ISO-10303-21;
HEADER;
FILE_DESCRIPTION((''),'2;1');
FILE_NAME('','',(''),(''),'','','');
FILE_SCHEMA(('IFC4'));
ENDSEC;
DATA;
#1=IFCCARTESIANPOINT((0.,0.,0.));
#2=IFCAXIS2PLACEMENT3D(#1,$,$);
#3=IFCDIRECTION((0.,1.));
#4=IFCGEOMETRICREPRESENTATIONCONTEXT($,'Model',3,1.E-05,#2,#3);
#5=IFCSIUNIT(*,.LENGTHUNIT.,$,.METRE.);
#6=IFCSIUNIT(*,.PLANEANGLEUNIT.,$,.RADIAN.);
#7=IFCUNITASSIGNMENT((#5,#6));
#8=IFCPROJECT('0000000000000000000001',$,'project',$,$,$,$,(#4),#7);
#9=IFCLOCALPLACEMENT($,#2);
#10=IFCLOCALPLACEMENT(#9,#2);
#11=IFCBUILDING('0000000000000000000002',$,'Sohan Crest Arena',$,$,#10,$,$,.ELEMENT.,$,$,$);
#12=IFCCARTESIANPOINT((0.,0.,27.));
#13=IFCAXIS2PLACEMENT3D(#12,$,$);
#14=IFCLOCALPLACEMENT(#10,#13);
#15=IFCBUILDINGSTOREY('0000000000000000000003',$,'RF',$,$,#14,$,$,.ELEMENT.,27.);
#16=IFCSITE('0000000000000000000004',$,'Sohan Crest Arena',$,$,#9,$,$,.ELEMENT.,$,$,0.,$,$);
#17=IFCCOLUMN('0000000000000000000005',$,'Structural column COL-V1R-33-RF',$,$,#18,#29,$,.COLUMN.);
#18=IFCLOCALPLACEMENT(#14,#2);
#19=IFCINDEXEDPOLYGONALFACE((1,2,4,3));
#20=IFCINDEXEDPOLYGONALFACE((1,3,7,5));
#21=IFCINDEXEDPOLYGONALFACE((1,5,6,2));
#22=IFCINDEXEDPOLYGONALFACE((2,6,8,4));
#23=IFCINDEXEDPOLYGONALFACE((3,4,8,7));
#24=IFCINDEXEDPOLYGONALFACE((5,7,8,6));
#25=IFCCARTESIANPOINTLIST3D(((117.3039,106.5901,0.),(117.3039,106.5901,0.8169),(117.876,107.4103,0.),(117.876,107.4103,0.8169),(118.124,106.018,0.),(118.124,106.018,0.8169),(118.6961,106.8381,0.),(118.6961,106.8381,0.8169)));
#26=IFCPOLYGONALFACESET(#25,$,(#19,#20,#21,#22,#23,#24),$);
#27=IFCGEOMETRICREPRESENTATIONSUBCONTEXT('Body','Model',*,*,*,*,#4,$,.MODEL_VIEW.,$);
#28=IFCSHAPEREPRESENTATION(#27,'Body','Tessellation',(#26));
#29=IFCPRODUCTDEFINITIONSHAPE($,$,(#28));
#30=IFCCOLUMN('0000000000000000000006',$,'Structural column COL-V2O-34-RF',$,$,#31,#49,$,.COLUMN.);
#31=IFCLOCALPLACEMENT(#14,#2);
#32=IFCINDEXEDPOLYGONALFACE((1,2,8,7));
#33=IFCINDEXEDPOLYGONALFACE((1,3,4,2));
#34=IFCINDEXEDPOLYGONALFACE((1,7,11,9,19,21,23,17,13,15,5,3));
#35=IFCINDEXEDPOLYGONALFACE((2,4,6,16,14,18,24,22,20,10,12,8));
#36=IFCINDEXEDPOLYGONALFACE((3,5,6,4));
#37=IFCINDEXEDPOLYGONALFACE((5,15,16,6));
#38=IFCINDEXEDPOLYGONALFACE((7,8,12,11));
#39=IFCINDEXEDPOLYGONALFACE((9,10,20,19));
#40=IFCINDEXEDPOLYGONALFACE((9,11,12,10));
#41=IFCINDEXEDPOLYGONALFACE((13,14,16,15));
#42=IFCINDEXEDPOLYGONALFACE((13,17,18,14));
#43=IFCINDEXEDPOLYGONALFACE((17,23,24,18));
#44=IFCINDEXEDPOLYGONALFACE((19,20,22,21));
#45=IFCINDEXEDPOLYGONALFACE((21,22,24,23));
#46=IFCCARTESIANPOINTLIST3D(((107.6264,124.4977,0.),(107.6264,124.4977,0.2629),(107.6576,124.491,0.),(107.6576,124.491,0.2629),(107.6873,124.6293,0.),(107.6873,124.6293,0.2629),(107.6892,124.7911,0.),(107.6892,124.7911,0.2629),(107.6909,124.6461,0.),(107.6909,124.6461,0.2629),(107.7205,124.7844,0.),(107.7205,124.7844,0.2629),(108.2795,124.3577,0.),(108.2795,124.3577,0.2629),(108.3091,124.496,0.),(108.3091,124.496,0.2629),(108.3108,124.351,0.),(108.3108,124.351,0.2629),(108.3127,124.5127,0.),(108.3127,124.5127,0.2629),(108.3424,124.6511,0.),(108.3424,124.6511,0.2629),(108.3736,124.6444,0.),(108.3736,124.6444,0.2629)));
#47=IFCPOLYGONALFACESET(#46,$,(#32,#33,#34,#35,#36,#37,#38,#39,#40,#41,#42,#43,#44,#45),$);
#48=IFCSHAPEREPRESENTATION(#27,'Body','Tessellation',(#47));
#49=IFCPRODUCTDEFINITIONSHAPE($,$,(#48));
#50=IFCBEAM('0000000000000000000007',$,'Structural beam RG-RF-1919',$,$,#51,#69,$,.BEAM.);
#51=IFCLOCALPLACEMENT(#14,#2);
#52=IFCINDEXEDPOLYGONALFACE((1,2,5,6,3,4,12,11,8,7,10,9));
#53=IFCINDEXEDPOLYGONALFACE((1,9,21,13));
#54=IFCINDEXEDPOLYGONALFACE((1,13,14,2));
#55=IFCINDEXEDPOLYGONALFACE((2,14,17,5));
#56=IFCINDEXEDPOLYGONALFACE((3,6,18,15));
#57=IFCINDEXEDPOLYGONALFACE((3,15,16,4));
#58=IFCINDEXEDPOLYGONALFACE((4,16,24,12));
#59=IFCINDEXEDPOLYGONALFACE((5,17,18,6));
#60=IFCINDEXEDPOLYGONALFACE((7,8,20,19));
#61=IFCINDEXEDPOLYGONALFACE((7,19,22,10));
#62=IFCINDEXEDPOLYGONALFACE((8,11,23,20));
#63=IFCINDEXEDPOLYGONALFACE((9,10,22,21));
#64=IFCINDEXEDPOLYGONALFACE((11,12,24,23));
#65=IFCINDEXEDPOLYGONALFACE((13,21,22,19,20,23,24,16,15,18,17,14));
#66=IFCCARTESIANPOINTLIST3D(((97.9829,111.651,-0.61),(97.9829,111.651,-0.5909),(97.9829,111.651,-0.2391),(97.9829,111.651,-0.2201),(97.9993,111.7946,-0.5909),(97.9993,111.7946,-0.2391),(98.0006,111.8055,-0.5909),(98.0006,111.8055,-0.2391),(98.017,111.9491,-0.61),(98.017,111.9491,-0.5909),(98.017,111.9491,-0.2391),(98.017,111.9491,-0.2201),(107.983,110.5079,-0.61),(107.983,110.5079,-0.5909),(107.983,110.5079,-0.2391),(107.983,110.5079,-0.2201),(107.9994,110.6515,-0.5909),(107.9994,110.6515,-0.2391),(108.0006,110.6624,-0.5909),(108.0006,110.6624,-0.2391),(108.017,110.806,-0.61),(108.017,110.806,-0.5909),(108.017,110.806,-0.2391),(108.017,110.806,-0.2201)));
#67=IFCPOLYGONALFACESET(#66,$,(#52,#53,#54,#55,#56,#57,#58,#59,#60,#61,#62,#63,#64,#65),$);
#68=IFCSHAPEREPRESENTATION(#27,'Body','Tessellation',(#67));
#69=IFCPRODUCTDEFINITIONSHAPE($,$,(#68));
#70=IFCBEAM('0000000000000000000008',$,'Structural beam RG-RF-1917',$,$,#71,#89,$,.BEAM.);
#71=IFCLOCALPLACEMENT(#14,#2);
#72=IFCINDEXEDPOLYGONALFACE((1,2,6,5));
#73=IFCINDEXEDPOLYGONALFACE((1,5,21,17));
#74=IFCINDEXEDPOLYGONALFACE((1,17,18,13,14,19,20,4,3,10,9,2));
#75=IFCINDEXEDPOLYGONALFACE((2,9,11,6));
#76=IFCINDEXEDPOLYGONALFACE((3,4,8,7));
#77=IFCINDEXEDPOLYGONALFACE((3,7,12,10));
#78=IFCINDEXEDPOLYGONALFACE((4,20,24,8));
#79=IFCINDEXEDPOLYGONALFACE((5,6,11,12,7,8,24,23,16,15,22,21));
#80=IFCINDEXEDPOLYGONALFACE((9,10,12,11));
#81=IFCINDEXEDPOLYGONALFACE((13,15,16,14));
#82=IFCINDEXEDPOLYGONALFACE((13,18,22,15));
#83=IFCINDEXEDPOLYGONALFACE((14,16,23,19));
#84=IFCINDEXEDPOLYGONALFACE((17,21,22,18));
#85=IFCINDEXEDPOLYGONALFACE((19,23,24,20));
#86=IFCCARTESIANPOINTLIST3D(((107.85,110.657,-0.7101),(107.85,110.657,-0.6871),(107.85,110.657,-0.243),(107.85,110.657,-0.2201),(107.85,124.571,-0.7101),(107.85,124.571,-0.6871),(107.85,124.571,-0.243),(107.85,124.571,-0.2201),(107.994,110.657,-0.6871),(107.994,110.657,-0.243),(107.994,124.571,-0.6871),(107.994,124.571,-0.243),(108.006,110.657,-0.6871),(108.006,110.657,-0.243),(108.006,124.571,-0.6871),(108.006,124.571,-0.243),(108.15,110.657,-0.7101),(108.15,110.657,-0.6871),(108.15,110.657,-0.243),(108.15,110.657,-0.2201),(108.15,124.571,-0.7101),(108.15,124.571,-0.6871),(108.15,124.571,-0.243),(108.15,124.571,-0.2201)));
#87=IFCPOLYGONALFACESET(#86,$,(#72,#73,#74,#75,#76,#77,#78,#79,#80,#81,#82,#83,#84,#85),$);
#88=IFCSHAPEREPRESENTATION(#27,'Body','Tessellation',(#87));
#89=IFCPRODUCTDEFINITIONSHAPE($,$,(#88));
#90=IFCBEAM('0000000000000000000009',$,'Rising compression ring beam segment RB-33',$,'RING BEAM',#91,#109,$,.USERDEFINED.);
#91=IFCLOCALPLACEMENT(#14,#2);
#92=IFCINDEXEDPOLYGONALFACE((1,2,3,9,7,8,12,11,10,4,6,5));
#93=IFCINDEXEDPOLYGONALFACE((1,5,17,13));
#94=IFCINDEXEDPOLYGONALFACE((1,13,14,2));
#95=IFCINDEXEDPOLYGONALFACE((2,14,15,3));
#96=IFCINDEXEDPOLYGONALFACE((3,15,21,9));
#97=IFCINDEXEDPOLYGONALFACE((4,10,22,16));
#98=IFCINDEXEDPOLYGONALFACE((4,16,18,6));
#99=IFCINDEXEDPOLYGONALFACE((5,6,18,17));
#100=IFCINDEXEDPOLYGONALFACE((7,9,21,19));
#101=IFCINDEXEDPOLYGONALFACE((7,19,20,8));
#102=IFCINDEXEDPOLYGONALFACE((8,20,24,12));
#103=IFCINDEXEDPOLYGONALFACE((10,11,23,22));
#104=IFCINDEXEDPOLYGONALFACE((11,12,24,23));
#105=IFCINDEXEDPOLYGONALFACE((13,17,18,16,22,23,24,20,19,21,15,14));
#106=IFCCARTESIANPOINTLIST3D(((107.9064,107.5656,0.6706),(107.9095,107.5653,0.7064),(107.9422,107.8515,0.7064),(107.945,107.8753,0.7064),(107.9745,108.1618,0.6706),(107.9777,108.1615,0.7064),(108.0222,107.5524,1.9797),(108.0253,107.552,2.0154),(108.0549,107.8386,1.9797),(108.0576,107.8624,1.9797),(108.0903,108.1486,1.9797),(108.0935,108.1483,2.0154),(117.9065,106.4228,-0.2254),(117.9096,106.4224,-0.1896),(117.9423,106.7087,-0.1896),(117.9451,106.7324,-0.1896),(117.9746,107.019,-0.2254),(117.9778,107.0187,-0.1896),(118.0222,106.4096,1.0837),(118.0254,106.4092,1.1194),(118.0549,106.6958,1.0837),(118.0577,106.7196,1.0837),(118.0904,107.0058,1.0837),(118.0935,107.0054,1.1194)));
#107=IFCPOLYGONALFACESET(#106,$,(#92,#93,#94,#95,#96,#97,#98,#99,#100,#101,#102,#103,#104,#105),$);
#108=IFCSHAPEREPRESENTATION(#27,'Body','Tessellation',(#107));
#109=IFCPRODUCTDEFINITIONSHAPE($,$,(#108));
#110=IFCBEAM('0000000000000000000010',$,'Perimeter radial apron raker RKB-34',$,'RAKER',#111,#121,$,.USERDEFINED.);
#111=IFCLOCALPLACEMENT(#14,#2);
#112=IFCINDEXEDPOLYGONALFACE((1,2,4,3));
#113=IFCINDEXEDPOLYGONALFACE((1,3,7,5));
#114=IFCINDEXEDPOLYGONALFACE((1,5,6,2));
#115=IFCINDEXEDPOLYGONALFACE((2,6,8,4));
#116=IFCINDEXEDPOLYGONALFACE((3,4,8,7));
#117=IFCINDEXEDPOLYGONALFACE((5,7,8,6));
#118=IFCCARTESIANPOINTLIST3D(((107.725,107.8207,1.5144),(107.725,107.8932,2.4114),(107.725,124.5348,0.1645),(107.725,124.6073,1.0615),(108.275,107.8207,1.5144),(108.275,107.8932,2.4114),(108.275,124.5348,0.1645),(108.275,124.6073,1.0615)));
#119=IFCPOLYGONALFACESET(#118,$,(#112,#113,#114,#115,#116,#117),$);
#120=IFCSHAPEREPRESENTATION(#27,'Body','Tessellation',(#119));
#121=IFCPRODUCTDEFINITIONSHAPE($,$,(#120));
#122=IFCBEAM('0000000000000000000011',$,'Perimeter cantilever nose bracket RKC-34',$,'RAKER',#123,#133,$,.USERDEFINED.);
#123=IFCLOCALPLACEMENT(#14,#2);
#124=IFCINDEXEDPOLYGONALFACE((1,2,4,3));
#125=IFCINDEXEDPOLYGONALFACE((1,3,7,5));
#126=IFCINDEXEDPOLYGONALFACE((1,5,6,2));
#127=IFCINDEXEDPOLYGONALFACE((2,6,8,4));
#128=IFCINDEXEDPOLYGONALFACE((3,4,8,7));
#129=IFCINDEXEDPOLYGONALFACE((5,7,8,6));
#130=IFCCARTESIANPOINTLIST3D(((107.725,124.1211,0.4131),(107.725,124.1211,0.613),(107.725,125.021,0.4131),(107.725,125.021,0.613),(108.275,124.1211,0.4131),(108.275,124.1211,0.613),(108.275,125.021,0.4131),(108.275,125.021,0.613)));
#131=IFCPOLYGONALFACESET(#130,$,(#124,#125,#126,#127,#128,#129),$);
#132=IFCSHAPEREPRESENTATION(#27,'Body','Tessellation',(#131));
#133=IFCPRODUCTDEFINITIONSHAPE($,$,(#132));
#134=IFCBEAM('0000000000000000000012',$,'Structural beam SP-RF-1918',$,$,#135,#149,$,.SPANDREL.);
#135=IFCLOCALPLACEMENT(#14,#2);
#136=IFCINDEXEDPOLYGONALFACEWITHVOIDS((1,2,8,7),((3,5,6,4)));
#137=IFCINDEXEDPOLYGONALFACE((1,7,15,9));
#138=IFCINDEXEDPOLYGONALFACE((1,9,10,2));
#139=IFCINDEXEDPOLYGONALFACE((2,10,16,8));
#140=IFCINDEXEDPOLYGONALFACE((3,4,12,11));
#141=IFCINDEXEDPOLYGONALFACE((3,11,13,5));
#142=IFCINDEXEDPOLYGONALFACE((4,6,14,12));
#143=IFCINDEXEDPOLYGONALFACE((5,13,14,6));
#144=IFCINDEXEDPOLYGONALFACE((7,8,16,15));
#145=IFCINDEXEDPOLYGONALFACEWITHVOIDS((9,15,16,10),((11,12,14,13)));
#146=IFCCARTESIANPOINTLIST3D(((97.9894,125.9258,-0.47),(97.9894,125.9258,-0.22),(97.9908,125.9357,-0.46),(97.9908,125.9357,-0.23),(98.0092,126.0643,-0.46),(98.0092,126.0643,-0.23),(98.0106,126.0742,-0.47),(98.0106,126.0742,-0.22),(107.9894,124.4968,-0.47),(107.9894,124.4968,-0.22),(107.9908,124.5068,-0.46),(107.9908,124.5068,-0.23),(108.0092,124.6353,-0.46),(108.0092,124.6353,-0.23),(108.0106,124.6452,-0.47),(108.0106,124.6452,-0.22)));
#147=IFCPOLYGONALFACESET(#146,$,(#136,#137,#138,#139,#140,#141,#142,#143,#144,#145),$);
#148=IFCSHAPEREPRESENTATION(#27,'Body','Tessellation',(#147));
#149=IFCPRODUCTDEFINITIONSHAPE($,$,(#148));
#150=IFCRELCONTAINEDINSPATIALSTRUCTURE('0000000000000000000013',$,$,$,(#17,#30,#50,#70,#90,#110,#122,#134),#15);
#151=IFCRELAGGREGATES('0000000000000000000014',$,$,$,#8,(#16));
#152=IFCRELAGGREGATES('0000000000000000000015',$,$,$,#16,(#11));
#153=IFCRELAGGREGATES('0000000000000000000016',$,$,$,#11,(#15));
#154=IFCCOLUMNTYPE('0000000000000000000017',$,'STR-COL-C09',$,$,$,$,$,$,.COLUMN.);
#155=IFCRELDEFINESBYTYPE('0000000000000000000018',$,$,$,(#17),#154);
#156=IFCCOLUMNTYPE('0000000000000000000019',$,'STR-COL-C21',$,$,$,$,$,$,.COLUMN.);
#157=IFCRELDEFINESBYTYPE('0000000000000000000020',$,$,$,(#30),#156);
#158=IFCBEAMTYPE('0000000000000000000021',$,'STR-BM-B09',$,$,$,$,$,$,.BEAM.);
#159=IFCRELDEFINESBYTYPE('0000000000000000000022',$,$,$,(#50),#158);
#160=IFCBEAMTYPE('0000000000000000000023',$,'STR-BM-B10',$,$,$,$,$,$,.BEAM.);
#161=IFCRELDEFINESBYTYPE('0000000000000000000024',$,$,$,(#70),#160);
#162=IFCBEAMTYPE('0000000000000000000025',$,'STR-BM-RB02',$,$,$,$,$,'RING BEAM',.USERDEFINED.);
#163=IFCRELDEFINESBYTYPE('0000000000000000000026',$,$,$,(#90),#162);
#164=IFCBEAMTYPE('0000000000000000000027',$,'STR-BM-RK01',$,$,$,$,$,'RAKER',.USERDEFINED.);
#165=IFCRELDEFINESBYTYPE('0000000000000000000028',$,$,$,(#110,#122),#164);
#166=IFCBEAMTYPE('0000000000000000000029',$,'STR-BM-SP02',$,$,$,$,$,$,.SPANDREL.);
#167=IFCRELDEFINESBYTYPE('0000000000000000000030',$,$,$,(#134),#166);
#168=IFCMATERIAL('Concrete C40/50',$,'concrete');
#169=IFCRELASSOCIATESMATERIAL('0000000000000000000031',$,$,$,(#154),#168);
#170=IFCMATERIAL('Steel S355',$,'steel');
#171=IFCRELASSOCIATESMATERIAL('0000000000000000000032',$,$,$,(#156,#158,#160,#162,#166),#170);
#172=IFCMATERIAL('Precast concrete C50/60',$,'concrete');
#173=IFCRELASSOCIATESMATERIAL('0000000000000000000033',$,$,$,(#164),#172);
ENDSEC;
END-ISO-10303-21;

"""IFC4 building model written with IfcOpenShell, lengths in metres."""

from ifc_helpers import new_model, si_unit, direction, frame, origin, origin_2d, place, context, subcontext, project, spatial, rectangle, hollow_rectangle, i_section, extrude, material, material_profile, profile_set, type_object, element, save


model = new_model("IFC4")

# Units and contexts
model_context = context("Model", 3, precision=1e-05, world=origin(), true_north=direction((0.0, 1.0)))
body_context = subcontext(model_context, "Body", "Model", "MODEL_VIEW")
ifc_project = project(units=[si_unit("LENGTHUNIT", "METRE"), si_unit("PLANEANGLEUNIT", "RADIAN")], contexts=[model_context])

# Site, building, storey
site_placement = place(None, origin())
site = spatial("IfcSite", under=ifc_project, at=site_placement, Name="Sohan Crest Arena", CompositionType="ELEMENT", RefElevation=0.0)
building_placement = place(site_placement, origin())
building = spatial("IfcBuilding", under=site, at=building_placement, Name="Sohan Crest Arena", CompositionType="ELEMENT")
storey_placement = place(building_placement, frame((0.0, 0.0, 27.0)))
storey = spatial("IfcBuildingStorey", under=building, at=storey_placement, Name="RF", CompositionType="ELEMENT", Elevation=27.0)

# Columns
ifc_material_1 = material(Name="Concrete C40/50", Category="concrete")
ifc_material_profile_1 = material_profile(ifc_material_1, rectangle(XDim=1.0, YDim=1.0, at=origin_2d()), Name="RC 1000x1000")
ifc_profile_set_1 = profile_set([ifc_material_profile_1], Name="Concrete C40/50")
column_type_1 = type_object("IfcColumnType", Name="STR-COL-C09", PredefinedType="COLUMN", material=ifc_profile_set_1)
column_1_placement = place(storey_placement, frame((118.0, 106.7141, 0.0), z_axis=(0.0, 0.0, 1.0), x_axis=(0.572146, 0.820152, 0.0)))
element("IfcColumn", 1, at=column_1_placement, inside=storey, type_object=column_type_1, Name="Structural column COL-V1R-33-RF", PredefinedType="COLUMN", context=body_context, shape_type="SweptSolid", body=[
    extrude(rectangle(XDim=1.0, YDim=1.0, at=origin_2d()), origin(), (0.0, 0.0, 1.0), 0.8169),
])
ifc_material_2 = material(Name="Steel S355", Category="steel")
ifc_material_profile_2 = material_profile(ifc_material_2, i_section(OverallWidth=0.3, OverallDepth=0.7, WebThickness=0.0171, FlangeThickness=0.032, at=origin_2d()), Name="HEB 700")
ifc_profile_set_2 = profile_set([ifc_material_profile_2], Name="Steel S355")
column_type_2 = type_object("IfcColumnType", Name="STR-COL-C21", PredefinedType="COLUMN", material=ifc_profile_set_2)
column_2_placement = place(storey_placement, frame((108.0, 124.571, 0.0), z_axis=(0.0, 0.0, 1.0), x_axis=(0.209619, 0.977783, 0.0)))
element("IfcColumn", 2, at=column_2_placement, inside=storey, type_object=column_type_2, Name="Structural column COL-V2O-34-RF", PredefinedType="COLUMN", context=body_context, shape_type="SweptSolid", body=[
    extrude(i_section(OverallWidth=0.3, OverallDepth=0.7, WebThickness=0.0171, FlangeThickness=0.032, at=origin_2d()), origin(), (0.0, 0.0, 1.0), 0.2629),
])

# Beams
ifc_material_profile_3 = material_profile(ifc_material_2, i_section(OverallWidth=0.3, OverallDepth=0.3899, WebThickness=0.011, FlangeThickness=0.019, at=origin_2d()), Name="HEA 400")
ifc_profile_set_3 = profile_set([ifc_material_profile_3], Name="Steel S355")
beam_type_1 = type_object("IfcBeamType", Name="STR-BM-B09", PredefinedType="BEAM", material=ifc_profile_set_3)
beam_1_placement = place(storey_placement, frame((108.0, 110.657, -0.415), z_axis=(-0.99353, 0.113567, 0.0), x_axis=(-0.113567, -0.99353, 0.0)))
element("IfcBeam", 3, at=beam_1_placement, inside=storey, type_object=beam_type_1, Name="Structural beam RG-RF-1919", PredefinedType="BEAM", context=body_context, shape_type="SweptSolid", body=[
    extrude(i_section(OverallWidth=0.3, OverallDepth=0.3899, WebThickness=0.011, FlangeThickness=0.019, at=origin_2d()), origin(), (0.0, 0.0, 1.0), 10.0652),
])
ifc_material_profile_4 = material_profile(ifc_material_2, i_section(OverallWidth=0.3, OverallDepth=0.49, WebThickness=0.012, FlangeThickness=0.0229, at=origin_2d()), Name="HEA 500")
ifc_profile_set_4 = profile_set([ifc_material_profile_4], Name="Steel S355")
beam_type_2 = type_object("IfcBeamType", Name="STR-BM-B10", PredefinedType="BEAM", material=ifc_profile_set_4)
beam_2_placement = place(storey_placement, frame((108.0, 110.657, -0.4651), z_axis=(0.0, 1.0, 0.0), x_axis=(-1.0, 0.0, 0.0)))
element("IfcBeam", 4, at=beam_2_placement, inside=storey, type_object=beam_type_2, Name="Structural beam RG-RF-1917", PredefinedType="BEAM", context=body_context, shape_type="SweptSolid", body=[
    extrude(i_section(OverallWidth=0.3, OverallDepth=0.49, WebThickness=0.012, FlangeThickness=0.0229, at=origin_2d()), origin(), (0.0, 0.0, 1.0), 13.9141),
])
ifc_material_profile_5 = material_profile(ifc_material_2, i_section(OverallWidth=0.6001, OverallDepth=1.3501, WebThickness=0.0239, FlangeThickness=0.0359, at=origin_2d()), Name="PG 1350x600x24x36")
ifc_profile_set_5 = profile_set([ifc_material_profile_5], Name="Steel S355")
beam_type_3 = type_object("IfcBeamType", Name="STR-BM-RB02", ElementType="RING BEAM", PredefinedType="USERDEFINED", material=ifc_profile_set_5)
beam_3_placement = place(storey_placement, frame((118.0, 106.7141, 0.447), z_axis=(-0.98962, 0.113096, 0.08867), x_axis=(-0.113543, -0.993533, 0.0)))
element("IfcBeam", 5, at=beam_3_placement, inside=storey, type_object=beam_type_3, Name="Rising compression ring beam segment RB-33", ObjectType="RING BEAM", PredefinedType="USERDEFINED", context=body_context, shape_type="SweptSolid", body=[
    extrude(i_section(OverallWidth=0.6001, OverallDepth=1.3501, WebThickness=0.0239, FlangeThickness=0.0359, at=origin_2d()), origin(), (0.0, 0.0, 1.0), 10.105),
])
ifc_material_3 = material(Name="Precast concrete C50/60", Category="concrete")
ifc_material_profile_6 = material_profile(ifc_material_3, rectangle(XDim=0.55, YDim=0.8999, at=origin_2d()), Name="RAKER 550x900")
ifc_profile_set_6 = profile_set([ifc_material_profile_6], Name="Precast concrete C50/60")
beam_type_4 = type_object("IfcBeamType", Name="STR-BM-RK01", ElementType="RAKER", PredefinedType="USERDEFINED", material=ifc_profile_set_6)
beam_4_placement = place(storey_placement, frame((108.0, 107.8569, 1.9629), z_axis=(0.0, 0.996755, -0.080499), x_axis=(-1.0, 0.0, 0.0)))
element("IfcBeam", 6, at=beam_4_placement, inside=storey, type_object=beam_type_4, Name="Perimeter radial apron raker RKB-34", ObjectType="RAKER", PredefinedType="USERDEFINED", context=body_context, shape_type="SweptSolid", body=[
    extrude(rectangle(XDim=0.55, YDim=0.8999, at=origin_2d()), origin(), (0.0, 0.0, 1.0), 16.7686),
])
beam_5_placement = place(storey_placement, frame((108.0, 124.571, 0.613), z_axis=(0.0, 0.0, -1.0), x_axis=(1.0, 0.0, 0.0)))
element("IfcBeam", 7, at=beam_5_placement, inside=storey, type_object=beam_type_4, Name="Perimeter cantilever nose bracket RKC-34", ObjectType="RAKER", PredefinedType="USERDEFINED", context=body_context, shape_type="SweptSolid", body=[
    extrude(rectangle(XDim=0.55, YDim=0.8999, at=origin_2d()), origin(), (0.0, 0.0, 1.0), 0.2),
])
ifc_material_profile_7 = material_profile(ifc_material_2, hollow_rectangle(XDim=0.1499, YDim=0.25, WallThickness=0.01, at=origin_2d()), Name="RHS 250x150x10")
ifc_profile_set_7 = profile_set([ifc_material_profile_7], Name="Steel S355")
beam_type_5 = type_object("IfcBeamType", Name="STR-BM-SP02", PredefinedType="SPANDREL", material=ifc_profile_set_7)
beam_6_placement = place(storey_placement, frame((108.0, 124.571, -0.345), z_axis=(-0.989944, 0.141459, 0.0), x_axis=(-0.141459, -0.989944, 0.0)))
element("IfcBeam", 8, at=beam_6_placement, inside=storey, type_object=beam_type_5, Name="Structural beam SP-RF-1918", PredefinedType="SPANDREL", context=body_context, shape_type="SweptSolid", body=[
    extrude(hollow_rectangle(XDim=0.1499, YDim=0.25, WallThickness=0.01, at=origin_2d()), origin(), (0.0, 0.0, 1.0), 10.1016),
])

save(model, "model.ifc")
